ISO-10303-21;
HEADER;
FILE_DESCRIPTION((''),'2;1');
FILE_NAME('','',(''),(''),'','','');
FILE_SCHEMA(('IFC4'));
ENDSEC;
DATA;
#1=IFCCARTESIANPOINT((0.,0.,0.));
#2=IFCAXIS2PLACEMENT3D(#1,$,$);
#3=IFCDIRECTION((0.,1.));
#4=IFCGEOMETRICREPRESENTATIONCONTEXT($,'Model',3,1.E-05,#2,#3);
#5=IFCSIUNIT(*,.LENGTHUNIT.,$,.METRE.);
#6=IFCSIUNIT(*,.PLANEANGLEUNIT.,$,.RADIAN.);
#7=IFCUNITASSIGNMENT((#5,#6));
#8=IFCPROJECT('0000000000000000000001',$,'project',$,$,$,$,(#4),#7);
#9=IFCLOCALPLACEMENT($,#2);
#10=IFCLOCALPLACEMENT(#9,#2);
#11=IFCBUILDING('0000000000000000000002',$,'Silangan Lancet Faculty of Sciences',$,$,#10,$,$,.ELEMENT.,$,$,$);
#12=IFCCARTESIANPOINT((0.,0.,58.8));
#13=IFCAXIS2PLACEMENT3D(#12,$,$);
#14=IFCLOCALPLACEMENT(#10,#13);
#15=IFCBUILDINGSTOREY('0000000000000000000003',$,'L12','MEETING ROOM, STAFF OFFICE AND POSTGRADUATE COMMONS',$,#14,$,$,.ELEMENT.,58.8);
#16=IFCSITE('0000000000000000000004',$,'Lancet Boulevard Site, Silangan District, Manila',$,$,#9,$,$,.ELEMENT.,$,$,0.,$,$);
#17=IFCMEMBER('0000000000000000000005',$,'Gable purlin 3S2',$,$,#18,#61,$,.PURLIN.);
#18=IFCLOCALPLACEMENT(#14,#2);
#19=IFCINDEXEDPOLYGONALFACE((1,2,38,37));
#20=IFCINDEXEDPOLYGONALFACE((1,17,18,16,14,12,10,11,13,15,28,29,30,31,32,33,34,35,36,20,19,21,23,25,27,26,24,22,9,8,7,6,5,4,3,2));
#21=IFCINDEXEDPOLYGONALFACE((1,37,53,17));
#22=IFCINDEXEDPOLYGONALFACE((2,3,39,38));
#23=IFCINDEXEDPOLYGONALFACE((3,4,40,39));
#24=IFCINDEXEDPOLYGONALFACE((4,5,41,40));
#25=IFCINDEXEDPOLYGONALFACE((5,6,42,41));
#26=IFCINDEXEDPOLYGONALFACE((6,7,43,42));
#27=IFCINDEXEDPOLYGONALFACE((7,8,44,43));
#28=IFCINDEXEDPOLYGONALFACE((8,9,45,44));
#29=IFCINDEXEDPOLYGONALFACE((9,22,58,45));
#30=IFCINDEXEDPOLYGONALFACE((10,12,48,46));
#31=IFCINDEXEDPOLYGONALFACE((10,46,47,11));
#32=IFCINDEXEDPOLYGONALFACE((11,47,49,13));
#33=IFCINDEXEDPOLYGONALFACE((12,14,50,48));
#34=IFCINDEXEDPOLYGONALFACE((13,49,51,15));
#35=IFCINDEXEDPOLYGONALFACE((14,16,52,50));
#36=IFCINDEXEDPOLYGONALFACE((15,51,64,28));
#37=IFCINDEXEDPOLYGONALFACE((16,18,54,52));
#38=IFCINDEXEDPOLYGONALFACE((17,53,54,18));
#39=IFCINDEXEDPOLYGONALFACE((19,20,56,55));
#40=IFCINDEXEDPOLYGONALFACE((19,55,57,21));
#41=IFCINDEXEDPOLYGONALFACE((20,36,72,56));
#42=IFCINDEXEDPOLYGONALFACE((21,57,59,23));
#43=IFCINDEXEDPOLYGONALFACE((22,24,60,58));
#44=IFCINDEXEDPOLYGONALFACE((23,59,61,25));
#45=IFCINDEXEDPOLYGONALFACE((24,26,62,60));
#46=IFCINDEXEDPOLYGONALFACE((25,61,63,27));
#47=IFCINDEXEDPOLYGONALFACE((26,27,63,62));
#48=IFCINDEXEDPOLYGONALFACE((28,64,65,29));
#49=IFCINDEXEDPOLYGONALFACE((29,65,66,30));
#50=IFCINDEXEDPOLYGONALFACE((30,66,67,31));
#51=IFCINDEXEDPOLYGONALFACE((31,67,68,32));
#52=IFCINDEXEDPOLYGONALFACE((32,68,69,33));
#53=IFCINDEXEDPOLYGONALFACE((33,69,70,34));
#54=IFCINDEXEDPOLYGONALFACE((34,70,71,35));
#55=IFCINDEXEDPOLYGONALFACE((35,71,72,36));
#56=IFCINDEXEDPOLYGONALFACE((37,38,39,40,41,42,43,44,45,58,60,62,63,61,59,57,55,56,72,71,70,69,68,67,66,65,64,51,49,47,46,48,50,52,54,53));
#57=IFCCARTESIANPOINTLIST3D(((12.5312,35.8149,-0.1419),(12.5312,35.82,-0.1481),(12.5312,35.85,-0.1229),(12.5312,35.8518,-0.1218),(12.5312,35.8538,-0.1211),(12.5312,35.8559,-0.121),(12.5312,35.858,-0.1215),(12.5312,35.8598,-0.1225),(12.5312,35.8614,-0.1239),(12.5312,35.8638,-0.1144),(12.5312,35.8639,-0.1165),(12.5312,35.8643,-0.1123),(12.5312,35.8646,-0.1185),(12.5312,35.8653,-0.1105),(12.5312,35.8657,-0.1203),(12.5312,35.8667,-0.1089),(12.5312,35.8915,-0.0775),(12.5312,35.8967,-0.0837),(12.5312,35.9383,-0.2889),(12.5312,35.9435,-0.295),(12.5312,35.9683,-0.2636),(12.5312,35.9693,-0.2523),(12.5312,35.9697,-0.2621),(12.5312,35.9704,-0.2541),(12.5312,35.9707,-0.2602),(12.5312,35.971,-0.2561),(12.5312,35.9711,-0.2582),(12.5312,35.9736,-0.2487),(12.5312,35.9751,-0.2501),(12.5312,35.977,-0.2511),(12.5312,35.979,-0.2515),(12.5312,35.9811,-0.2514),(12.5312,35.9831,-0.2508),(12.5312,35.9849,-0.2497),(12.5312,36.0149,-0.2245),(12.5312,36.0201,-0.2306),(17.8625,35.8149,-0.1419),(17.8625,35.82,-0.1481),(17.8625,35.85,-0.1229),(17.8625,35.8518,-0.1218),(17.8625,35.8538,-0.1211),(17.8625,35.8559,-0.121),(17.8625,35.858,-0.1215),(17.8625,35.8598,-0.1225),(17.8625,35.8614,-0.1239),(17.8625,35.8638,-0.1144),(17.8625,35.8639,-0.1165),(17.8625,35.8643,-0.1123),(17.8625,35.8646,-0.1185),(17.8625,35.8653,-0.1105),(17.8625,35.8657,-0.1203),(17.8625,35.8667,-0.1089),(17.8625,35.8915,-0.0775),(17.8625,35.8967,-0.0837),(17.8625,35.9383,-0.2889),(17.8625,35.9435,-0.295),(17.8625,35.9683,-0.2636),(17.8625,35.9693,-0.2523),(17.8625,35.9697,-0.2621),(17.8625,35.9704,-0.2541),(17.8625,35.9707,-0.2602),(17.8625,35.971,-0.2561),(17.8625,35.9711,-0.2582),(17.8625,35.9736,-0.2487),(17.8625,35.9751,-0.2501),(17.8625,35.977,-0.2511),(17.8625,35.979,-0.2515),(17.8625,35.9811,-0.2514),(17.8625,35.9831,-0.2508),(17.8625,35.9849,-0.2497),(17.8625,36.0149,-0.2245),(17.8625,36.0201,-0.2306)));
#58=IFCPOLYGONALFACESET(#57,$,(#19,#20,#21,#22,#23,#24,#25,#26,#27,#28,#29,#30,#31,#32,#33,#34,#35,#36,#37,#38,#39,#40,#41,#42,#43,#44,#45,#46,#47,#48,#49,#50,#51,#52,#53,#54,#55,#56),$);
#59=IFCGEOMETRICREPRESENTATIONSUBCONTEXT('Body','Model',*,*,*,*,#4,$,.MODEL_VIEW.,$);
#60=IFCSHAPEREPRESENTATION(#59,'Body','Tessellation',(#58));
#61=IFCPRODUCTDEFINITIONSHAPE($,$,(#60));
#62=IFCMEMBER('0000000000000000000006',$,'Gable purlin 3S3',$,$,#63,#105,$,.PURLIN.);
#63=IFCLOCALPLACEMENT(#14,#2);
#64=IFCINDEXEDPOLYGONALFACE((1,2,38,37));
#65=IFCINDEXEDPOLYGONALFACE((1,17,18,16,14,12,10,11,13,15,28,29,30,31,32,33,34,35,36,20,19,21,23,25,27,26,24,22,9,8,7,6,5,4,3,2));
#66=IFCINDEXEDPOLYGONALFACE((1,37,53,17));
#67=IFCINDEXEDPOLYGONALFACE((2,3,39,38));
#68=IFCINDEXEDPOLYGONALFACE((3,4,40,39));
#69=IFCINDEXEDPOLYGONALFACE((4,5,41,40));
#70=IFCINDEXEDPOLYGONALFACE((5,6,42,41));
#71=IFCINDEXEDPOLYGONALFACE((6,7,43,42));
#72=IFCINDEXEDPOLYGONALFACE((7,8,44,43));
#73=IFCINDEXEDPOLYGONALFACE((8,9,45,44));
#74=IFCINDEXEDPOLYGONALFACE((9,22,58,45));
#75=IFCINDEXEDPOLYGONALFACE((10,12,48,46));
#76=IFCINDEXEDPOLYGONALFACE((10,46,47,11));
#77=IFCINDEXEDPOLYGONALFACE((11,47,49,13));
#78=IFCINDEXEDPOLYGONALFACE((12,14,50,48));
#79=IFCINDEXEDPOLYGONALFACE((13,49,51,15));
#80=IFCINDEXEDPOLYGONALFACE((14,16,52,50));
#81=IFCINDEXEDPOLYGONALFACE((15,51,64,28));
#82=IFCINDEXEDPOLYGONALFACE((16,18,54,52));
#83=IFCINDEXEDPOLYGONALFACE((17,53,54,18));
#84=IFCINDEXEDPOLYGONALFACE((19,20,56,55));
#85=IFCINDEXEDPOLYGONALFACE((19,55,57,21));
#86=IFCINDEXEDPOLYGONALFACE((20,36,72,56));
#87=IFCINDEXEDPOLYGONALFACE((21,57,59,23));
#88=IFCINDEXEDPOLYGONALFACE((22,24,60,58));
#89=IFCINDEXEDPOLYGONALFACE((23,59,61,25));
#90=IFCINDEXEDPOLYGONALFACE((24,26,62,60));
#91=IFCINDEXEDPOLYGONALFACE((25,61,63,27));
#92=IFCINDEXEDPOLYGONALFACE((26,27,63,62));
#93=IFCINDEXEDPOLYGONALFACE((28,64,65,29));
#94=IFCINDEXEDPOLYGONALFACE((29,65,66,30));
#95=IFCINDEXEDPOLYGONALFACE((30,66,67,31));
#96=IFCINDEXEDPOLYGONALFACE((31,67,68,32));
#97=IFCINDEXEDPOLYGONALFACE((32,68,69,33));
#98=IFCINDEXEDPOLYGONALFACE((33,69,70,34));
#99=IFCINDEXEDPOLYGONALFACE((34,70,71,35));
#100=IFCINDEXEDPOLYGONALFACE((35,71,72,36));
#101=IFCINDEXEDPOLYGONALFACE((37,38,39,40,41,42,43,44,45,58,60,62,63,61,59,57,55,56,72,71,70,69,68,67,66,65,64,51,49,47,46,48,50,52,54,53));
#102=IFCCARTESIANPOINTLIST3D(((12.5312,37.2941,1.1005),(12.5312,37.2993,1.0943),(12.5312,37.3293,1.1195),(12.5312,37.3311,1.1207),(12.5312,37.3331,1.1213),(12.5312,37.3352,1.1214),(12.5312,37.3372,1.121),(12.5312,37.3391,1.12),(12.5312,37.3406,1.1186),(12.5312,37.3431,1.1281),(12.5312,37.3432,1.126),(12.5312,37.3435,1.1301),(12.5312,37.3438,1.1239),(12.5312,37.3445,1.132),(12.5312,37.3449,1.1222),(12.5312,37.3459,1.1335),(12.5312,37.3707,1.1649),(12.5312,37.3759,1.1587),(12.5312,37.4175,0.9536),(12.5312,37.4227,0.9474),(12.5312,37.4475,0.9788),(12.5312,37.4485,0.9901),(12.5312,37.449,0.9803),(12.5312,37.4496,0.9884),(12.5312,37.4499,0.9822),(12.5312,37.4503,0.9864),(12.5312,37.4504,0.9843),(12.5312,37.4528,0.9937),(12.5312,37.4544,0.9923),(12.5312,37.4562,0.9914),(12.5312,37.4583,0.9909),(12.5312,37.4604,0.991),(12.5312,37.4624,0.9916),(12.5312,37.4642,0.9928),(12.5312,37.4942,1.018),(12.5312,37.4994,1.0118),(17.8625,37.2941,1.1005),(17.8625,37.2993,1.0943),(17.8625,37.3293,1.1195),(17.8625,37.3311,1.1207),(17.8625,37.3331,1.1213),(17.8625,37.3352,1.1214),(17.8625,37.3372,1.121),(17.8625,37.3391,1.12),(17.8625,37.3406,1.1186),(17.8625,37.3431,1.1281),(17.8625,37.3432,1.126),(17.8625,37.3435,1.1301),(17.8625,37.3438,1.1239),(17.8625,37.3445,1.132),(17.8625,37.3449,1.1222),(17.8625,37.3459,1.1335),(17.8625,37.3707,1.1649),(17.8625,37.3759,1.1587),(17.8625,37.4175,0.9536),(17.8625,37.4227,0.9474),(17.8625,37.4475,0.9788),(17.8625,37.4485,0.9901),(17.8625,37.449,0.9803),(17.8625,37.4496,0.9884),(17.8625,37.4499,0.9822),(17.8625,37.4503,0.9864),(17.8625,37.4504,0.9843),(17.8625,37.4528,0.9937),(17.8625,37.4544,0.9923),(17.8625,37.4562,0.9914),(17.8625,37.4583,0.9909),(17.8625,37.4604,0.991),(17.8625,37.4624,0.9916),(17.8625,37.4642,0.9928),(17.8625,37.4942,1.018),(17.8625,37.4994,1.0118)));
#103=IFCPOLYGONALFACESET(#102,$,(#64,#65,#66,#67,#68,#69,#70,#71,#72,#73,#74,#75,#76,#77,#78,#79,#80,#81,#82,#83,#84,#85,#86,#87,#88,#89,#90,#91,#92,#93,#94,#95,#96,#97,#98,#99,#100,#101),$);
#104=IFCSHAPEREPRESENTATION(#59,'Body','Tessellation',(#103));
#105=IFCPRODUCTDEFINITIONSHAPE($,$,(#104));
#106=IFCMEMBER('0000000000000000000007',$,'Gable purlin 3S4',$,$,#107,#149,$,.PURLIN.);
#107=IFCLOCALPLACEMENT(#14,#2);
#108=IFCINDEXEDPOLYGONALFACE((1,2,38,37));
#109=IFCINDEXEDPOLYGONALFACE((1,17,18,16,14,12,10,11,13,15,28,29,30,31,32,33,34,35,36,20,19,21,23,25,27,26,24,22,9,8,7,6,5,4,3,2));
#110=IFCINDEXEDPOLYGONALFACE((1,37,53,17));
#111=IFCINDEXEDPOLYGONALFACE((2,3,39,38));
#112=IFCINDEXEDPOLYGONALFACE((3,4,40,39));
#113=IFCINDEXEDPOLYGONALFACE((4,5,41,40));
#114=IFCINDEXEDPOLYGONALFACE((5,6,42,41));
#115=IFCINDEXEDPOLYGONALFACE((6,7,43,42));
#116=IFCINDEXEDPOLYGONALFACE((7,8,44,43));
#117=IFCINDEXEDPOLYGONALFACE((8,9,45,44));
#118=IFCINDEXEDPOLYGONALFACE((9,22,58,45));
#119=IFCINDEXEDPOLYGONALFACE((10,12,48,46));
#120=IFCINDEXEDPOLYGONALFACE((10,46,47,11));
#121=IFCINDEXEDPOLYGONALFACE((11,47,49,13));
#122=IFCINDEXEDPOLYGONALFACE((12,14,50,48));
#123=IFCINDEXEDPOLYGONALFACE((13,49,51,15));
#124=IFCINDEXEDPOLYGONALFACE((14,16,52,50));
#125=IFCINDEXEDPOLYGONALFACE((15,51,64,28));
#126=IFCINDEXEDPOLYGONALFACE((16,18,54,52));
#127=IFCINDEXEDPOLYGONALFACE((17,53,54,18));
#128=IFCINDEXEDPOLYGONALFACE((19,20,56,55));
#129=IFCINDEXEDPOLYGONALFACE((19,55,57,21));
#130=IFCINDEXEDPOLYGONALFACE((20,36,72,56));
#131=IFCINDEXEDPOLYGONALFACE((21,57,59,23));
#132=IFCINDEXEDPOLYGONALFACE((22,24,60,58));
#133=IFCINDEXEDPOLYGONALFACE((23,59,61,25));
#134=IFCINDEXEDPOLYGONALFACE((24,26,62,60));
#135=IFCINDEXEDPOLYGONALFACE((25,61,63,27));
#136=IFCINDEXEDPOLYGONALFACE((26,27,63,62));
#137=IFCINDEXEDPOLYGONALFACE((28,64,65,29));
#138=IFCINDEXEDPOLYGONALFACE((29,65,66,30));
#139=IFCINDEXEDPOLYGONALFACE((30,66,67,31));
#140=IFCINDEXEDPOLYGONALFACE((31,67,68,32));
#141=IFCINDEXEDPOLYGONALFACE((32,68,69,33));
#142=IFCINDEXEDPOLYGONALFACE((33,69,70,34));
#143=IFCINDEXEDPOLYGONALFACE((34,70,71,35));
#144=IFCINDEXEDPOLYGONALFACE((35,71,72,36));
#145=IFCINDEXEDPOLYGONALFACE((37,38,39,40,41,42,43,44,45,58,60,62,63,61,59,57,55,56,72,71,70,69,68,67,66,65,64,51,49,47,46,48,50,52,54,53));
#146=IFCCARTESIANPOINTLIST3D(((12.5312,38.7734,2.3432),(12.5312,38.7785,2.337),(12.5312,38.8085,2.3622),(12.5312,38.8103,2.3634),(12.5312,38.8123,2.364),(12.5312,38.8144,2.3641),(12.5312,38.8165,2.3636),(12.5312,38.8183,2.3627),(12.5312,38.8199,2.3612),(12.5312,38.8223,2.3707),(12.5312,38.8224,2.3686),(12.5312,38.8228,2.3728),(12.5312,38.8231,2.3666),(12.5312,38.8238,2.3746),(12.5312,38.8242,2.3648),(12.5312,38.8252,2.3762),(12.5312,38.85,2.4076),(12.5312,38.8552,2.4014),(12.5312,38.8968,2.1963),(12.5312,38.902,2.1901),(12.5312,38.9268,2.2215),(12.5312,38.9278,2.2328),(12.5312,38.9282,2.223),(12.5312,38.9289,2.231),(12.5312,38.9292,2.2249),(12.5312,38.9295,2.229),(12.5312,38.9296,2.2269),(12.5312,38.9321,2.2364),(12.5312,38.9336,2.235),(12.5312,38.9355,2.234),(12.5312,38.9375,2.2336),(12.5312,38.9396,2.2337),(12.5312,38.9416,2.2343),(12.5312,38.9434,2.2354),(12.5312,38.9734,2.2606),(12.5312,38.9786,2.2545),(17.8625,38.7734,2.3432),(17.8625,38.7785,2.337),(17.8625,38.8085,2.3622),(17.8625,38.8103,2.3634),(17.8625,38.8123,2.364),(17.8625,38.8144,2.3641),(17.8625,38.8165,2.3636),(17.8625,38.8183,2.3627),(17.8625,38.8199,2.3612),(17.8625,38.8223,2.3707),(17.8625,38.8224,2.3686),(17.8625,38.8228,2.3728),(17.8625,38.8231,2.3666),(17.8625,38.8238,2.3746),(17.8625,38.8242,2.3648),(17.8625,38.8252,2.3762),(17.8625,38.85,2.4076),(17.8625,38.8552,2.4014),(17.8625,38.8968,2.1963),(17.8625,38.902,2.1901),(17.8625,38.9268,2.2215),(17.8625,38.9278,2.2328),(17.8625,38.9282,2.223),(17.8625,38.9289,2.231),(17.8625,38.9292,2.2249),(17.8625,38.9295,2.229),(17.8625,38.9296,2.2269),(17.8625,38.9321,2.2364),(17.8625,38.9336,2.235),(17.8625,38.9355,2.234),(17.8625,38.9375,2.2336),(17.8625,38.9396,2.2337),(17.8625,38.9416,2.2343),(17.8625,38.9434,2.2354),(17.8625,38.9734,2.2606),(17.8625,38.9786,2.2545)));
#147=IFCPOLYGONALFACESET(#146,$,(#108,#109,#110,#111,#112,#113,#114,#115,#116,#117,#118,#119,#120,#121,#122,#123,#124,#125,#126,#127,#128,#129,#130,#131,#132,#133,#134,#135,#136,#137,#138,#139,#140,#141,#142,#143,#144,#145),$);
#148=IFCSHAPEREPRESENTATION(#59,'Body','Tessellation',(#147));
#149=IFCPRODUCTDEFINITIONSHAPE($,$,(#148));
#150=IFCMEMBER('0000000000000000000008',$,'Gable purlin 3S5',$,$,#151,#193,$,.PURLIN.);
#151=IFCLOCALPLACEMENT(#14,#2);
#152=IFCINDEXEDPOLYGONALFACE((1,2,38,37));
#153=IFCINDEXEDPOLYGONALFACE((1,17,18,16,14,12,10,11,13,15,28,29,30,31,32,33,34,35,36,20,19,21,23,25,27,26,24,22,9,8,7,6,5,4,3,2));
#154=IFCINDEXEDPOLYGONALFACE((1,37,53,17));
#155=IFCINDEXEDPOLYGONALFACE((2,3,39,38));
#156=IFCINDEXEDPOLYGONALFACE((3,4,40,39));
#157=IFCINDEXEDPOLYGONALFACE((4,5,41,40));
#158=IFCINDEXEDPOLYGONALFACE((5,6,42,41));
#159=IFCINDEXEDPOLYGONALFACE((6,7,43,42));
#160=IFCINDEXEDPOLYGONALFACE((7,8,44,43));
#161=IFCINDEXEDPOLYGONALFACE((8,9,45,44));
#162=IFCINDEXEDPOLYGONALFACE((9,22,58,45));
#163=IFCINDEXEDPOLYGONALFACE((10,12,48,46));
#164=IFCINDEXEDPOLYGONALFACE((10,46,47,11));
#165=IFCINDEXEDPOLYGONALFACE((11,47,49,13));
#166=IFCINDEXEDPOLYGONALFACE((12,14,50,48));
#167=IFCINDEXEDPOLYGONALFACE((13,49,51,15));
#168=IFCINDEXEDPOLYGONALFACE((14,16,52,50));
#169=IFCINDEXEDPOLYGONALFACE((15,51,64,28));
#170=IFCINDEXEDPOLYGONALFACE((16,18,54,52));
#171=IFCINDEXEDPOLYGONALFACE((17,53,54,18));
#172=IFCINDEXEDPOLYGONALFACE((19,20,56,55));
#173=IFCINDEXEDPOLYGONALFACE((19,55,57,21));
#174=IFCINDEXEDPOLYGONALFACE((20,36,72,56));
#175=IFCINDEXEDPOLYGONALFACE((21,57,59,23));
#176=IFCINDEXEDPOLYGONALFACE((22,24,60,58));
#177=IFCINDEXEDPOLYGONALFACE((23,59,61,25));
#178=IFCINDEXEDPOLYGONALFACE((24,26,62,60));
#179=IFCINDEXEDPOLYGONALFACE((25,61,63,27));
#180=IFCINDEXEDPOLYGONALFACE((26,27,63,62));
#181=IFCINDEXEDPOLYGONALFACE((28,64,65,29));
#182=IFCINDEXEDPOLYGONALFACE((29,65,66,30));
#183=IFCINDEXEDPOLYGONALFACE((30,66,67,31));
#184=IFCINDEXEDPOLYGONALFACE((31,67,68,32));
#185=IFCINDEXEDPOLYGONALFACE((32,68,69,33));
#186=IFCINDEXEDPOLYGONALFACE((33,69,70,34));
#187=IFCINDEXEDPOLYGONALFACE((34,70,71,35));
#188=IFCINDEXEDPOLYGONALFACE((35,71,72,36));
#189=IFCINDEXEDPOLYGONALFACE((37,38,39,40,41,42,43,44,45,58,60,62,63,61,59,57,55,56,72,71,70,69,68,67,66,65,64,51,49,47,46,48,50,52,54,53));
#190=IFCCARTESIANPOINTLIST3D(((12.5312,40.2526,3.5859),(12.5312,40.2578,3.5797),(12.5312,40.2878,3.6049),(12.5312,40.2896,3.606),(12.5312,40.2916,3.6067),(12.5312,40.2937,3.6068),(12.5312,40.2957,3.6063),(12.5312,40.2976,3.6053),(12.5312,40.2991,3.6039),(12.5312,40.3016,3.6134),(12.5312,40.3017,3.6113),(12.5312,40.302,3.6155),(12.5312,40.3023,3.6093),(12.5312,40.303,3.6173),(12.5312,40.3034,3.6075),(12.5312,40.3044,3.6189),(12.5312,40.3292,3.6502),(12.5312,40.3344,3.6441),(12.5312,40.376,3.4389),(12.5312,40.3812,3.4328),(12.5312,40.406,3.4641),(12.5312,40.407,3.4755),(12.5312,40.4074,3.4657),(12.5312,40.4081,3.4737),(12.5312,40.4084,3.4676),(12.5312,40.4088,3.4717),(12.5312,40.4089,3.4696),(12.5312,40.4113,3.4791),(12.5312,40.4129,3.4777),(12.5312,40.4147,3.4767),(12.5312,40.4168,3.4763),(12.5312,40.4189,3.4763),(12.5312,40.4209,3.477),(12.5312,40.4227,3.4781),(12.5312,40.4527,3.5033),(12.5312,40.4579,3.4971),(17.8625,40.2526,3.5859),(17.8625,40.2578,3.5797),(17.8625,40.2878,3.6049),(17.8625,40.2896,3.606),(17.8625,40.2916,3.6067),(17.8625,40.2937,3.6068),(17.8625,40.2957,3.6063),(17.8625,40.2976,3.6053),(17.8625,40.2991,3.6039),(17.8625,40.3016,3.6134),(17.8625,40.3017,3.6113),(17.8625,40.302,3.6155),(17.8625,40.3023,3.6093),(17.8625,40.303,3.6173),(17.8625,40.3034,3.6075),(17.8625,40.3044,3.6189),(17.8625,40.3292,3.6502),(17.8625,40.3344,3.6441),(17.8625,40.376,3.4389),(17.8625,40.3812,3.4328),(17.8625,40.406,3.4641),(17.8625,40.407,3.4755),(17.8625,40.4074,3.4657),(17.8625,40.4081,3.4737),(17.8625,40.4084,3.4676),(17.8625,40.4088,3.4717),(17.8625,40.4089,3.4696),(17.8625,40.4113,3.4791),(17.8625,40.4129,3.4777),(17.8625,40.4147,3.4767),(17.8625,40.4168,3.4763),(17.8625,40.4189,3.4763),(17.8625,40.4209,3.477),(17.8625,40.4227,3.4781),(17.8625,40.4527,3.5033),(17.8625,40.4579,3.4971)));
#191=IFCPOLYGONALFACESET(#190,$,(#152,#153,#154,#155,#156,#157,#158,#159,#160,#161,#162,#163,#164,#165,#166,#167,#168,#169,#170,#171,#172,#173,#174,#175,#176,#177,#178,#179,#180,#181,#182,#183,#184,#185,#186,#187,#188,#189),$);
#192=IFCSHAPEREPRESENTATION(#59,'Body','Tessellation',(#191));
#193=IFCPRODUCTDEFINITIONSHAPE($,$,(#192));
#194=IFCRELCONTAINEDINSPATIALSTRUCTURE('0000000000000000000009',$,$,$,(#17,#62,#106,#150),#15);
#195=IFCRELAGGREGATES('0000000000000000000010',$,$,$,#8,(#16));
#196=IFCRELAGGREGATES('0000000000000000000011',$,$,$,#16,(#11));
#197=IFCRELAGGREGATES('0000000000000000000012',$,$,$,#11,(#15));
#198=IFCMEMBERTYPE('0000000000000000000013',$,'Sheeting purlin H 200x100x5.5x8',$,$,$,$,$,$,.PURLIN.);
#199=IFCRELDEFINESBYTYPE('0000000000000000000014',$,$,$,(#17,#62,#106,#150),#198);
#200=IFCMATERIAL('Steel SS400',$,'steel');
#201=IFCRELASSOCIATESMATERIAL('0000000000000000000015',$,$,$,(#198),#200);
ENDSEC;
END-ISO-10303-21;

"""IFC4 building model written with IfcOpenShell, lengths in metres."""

from ifc_helpers import new_model, si_unit, direction, frame, origin, origin_2d, place, context, subcontext, project, spatial, i_section, extrude, material, material_profile, profile_set, type_object, element, save


model = new_model("IFC4")

# Units and contexts
model_context = context("Model", 3, precision=1e-05, world=origin(), true_north=direction((0.0, 1.0)))
body_context = subcontext(model_context, "Body", "Model", "MODEL_VIEW")
ifc_project = project(units=[si_unit("LENGTHUNIT", "METRE"), si_unit("PLANEANGLEUNIT", "RADIAN")], contexts=[model_context])

# Site, building, storey
site_placement = place(None, origin())
site = spatial("IfcSite", under=ifc_project, at=site_placement, Name="Lancet Boulevard Site, Silangan District, Manila", CompositionType="ELEMENT", RefElevation=0.0)
building_placement = place(site_placement, origin())
building = spatial("IfcBuilding", under=site, at=building_placement, Name="Silangan Lancet Faculty of Sciences", CompositionType="ELEMENT")
storey_placement = place(building_placement, frame((0.0, 0.0, 58.8)))
storey = spatial("IfcBuildingStorey", under=building, at=storey_placement, Name="L12", Description="MEETING ROOM, STAFF OFFICE AND POSTGRADUATE COMMONS", CompositionType="ELEMENT", Elevation=58.8)

# Members
ifc_material_1 = material(Name="Steel SS400", Category="steel")
ifc_material_profile_1 = material_profile(ifc_material_1, i_section(OverallWidth=0.1001, OverallDepth=0.2, WebThickness=0.0056, FlangeThickness=0.0081, FilletRadius=0.0081, at=origin_2d()), Name="H 200x100x5.5x8")
ifc_profile_set_1 = profile_set([ifc_material_profile_1], Name="Steel SS400")
member_type_1 = type_object("IfcMemberType", Name="Sheeting purlin H 200x100x5.5x8", PredefinedType="PURLIN", material=ifc_profile_set_1)
for number, where, z_axis, x_axis, name in (
    (1, (12.5312, 35.9175, -0.1863), (1.0, 0.0, 0.0), (0.0, 0.765705, 0.643192), "Gable purlin 3S2"),
    (2, (12.5312, 37.3967, 1.0562), (1.0, 0.0, 0.0), (0.0, 0.765705, 0.643192), "Gable purlin 3S3"),
    (3, (12.5312, 38.876, 2.2988), (1.0, 0.0, 0.0), (0.0, 0.765705, 0.643192), "Gable purlin 3S4"),
    (4, (12.5312, 40.3552, 3.5415), (1.0, 0.0, 0.0), (0.0, 0.765705, 0.643192), "Gable purlin 3S5"),
):
    element("IfcMember", number, at=place(storey_placement, frame(where, z_axis=z_axis, x_axis=x_axis)), inside=storey, type_object=member_type_1, Name=name, PredefinedType="PURLIN", context=body_context, shape_type="SweptSolid", body=[
        extrude(i_section(OverallWidth=0.1001, OverallDepth=0.2, WebThickness=0.0056, FlangeThickness=0.0081, FilletRadius=0.0081, at=origin_2d()), origin(), (0.0, 0.0, 1.0), 5.3313),
    ])

save(model, "model.ifc")
